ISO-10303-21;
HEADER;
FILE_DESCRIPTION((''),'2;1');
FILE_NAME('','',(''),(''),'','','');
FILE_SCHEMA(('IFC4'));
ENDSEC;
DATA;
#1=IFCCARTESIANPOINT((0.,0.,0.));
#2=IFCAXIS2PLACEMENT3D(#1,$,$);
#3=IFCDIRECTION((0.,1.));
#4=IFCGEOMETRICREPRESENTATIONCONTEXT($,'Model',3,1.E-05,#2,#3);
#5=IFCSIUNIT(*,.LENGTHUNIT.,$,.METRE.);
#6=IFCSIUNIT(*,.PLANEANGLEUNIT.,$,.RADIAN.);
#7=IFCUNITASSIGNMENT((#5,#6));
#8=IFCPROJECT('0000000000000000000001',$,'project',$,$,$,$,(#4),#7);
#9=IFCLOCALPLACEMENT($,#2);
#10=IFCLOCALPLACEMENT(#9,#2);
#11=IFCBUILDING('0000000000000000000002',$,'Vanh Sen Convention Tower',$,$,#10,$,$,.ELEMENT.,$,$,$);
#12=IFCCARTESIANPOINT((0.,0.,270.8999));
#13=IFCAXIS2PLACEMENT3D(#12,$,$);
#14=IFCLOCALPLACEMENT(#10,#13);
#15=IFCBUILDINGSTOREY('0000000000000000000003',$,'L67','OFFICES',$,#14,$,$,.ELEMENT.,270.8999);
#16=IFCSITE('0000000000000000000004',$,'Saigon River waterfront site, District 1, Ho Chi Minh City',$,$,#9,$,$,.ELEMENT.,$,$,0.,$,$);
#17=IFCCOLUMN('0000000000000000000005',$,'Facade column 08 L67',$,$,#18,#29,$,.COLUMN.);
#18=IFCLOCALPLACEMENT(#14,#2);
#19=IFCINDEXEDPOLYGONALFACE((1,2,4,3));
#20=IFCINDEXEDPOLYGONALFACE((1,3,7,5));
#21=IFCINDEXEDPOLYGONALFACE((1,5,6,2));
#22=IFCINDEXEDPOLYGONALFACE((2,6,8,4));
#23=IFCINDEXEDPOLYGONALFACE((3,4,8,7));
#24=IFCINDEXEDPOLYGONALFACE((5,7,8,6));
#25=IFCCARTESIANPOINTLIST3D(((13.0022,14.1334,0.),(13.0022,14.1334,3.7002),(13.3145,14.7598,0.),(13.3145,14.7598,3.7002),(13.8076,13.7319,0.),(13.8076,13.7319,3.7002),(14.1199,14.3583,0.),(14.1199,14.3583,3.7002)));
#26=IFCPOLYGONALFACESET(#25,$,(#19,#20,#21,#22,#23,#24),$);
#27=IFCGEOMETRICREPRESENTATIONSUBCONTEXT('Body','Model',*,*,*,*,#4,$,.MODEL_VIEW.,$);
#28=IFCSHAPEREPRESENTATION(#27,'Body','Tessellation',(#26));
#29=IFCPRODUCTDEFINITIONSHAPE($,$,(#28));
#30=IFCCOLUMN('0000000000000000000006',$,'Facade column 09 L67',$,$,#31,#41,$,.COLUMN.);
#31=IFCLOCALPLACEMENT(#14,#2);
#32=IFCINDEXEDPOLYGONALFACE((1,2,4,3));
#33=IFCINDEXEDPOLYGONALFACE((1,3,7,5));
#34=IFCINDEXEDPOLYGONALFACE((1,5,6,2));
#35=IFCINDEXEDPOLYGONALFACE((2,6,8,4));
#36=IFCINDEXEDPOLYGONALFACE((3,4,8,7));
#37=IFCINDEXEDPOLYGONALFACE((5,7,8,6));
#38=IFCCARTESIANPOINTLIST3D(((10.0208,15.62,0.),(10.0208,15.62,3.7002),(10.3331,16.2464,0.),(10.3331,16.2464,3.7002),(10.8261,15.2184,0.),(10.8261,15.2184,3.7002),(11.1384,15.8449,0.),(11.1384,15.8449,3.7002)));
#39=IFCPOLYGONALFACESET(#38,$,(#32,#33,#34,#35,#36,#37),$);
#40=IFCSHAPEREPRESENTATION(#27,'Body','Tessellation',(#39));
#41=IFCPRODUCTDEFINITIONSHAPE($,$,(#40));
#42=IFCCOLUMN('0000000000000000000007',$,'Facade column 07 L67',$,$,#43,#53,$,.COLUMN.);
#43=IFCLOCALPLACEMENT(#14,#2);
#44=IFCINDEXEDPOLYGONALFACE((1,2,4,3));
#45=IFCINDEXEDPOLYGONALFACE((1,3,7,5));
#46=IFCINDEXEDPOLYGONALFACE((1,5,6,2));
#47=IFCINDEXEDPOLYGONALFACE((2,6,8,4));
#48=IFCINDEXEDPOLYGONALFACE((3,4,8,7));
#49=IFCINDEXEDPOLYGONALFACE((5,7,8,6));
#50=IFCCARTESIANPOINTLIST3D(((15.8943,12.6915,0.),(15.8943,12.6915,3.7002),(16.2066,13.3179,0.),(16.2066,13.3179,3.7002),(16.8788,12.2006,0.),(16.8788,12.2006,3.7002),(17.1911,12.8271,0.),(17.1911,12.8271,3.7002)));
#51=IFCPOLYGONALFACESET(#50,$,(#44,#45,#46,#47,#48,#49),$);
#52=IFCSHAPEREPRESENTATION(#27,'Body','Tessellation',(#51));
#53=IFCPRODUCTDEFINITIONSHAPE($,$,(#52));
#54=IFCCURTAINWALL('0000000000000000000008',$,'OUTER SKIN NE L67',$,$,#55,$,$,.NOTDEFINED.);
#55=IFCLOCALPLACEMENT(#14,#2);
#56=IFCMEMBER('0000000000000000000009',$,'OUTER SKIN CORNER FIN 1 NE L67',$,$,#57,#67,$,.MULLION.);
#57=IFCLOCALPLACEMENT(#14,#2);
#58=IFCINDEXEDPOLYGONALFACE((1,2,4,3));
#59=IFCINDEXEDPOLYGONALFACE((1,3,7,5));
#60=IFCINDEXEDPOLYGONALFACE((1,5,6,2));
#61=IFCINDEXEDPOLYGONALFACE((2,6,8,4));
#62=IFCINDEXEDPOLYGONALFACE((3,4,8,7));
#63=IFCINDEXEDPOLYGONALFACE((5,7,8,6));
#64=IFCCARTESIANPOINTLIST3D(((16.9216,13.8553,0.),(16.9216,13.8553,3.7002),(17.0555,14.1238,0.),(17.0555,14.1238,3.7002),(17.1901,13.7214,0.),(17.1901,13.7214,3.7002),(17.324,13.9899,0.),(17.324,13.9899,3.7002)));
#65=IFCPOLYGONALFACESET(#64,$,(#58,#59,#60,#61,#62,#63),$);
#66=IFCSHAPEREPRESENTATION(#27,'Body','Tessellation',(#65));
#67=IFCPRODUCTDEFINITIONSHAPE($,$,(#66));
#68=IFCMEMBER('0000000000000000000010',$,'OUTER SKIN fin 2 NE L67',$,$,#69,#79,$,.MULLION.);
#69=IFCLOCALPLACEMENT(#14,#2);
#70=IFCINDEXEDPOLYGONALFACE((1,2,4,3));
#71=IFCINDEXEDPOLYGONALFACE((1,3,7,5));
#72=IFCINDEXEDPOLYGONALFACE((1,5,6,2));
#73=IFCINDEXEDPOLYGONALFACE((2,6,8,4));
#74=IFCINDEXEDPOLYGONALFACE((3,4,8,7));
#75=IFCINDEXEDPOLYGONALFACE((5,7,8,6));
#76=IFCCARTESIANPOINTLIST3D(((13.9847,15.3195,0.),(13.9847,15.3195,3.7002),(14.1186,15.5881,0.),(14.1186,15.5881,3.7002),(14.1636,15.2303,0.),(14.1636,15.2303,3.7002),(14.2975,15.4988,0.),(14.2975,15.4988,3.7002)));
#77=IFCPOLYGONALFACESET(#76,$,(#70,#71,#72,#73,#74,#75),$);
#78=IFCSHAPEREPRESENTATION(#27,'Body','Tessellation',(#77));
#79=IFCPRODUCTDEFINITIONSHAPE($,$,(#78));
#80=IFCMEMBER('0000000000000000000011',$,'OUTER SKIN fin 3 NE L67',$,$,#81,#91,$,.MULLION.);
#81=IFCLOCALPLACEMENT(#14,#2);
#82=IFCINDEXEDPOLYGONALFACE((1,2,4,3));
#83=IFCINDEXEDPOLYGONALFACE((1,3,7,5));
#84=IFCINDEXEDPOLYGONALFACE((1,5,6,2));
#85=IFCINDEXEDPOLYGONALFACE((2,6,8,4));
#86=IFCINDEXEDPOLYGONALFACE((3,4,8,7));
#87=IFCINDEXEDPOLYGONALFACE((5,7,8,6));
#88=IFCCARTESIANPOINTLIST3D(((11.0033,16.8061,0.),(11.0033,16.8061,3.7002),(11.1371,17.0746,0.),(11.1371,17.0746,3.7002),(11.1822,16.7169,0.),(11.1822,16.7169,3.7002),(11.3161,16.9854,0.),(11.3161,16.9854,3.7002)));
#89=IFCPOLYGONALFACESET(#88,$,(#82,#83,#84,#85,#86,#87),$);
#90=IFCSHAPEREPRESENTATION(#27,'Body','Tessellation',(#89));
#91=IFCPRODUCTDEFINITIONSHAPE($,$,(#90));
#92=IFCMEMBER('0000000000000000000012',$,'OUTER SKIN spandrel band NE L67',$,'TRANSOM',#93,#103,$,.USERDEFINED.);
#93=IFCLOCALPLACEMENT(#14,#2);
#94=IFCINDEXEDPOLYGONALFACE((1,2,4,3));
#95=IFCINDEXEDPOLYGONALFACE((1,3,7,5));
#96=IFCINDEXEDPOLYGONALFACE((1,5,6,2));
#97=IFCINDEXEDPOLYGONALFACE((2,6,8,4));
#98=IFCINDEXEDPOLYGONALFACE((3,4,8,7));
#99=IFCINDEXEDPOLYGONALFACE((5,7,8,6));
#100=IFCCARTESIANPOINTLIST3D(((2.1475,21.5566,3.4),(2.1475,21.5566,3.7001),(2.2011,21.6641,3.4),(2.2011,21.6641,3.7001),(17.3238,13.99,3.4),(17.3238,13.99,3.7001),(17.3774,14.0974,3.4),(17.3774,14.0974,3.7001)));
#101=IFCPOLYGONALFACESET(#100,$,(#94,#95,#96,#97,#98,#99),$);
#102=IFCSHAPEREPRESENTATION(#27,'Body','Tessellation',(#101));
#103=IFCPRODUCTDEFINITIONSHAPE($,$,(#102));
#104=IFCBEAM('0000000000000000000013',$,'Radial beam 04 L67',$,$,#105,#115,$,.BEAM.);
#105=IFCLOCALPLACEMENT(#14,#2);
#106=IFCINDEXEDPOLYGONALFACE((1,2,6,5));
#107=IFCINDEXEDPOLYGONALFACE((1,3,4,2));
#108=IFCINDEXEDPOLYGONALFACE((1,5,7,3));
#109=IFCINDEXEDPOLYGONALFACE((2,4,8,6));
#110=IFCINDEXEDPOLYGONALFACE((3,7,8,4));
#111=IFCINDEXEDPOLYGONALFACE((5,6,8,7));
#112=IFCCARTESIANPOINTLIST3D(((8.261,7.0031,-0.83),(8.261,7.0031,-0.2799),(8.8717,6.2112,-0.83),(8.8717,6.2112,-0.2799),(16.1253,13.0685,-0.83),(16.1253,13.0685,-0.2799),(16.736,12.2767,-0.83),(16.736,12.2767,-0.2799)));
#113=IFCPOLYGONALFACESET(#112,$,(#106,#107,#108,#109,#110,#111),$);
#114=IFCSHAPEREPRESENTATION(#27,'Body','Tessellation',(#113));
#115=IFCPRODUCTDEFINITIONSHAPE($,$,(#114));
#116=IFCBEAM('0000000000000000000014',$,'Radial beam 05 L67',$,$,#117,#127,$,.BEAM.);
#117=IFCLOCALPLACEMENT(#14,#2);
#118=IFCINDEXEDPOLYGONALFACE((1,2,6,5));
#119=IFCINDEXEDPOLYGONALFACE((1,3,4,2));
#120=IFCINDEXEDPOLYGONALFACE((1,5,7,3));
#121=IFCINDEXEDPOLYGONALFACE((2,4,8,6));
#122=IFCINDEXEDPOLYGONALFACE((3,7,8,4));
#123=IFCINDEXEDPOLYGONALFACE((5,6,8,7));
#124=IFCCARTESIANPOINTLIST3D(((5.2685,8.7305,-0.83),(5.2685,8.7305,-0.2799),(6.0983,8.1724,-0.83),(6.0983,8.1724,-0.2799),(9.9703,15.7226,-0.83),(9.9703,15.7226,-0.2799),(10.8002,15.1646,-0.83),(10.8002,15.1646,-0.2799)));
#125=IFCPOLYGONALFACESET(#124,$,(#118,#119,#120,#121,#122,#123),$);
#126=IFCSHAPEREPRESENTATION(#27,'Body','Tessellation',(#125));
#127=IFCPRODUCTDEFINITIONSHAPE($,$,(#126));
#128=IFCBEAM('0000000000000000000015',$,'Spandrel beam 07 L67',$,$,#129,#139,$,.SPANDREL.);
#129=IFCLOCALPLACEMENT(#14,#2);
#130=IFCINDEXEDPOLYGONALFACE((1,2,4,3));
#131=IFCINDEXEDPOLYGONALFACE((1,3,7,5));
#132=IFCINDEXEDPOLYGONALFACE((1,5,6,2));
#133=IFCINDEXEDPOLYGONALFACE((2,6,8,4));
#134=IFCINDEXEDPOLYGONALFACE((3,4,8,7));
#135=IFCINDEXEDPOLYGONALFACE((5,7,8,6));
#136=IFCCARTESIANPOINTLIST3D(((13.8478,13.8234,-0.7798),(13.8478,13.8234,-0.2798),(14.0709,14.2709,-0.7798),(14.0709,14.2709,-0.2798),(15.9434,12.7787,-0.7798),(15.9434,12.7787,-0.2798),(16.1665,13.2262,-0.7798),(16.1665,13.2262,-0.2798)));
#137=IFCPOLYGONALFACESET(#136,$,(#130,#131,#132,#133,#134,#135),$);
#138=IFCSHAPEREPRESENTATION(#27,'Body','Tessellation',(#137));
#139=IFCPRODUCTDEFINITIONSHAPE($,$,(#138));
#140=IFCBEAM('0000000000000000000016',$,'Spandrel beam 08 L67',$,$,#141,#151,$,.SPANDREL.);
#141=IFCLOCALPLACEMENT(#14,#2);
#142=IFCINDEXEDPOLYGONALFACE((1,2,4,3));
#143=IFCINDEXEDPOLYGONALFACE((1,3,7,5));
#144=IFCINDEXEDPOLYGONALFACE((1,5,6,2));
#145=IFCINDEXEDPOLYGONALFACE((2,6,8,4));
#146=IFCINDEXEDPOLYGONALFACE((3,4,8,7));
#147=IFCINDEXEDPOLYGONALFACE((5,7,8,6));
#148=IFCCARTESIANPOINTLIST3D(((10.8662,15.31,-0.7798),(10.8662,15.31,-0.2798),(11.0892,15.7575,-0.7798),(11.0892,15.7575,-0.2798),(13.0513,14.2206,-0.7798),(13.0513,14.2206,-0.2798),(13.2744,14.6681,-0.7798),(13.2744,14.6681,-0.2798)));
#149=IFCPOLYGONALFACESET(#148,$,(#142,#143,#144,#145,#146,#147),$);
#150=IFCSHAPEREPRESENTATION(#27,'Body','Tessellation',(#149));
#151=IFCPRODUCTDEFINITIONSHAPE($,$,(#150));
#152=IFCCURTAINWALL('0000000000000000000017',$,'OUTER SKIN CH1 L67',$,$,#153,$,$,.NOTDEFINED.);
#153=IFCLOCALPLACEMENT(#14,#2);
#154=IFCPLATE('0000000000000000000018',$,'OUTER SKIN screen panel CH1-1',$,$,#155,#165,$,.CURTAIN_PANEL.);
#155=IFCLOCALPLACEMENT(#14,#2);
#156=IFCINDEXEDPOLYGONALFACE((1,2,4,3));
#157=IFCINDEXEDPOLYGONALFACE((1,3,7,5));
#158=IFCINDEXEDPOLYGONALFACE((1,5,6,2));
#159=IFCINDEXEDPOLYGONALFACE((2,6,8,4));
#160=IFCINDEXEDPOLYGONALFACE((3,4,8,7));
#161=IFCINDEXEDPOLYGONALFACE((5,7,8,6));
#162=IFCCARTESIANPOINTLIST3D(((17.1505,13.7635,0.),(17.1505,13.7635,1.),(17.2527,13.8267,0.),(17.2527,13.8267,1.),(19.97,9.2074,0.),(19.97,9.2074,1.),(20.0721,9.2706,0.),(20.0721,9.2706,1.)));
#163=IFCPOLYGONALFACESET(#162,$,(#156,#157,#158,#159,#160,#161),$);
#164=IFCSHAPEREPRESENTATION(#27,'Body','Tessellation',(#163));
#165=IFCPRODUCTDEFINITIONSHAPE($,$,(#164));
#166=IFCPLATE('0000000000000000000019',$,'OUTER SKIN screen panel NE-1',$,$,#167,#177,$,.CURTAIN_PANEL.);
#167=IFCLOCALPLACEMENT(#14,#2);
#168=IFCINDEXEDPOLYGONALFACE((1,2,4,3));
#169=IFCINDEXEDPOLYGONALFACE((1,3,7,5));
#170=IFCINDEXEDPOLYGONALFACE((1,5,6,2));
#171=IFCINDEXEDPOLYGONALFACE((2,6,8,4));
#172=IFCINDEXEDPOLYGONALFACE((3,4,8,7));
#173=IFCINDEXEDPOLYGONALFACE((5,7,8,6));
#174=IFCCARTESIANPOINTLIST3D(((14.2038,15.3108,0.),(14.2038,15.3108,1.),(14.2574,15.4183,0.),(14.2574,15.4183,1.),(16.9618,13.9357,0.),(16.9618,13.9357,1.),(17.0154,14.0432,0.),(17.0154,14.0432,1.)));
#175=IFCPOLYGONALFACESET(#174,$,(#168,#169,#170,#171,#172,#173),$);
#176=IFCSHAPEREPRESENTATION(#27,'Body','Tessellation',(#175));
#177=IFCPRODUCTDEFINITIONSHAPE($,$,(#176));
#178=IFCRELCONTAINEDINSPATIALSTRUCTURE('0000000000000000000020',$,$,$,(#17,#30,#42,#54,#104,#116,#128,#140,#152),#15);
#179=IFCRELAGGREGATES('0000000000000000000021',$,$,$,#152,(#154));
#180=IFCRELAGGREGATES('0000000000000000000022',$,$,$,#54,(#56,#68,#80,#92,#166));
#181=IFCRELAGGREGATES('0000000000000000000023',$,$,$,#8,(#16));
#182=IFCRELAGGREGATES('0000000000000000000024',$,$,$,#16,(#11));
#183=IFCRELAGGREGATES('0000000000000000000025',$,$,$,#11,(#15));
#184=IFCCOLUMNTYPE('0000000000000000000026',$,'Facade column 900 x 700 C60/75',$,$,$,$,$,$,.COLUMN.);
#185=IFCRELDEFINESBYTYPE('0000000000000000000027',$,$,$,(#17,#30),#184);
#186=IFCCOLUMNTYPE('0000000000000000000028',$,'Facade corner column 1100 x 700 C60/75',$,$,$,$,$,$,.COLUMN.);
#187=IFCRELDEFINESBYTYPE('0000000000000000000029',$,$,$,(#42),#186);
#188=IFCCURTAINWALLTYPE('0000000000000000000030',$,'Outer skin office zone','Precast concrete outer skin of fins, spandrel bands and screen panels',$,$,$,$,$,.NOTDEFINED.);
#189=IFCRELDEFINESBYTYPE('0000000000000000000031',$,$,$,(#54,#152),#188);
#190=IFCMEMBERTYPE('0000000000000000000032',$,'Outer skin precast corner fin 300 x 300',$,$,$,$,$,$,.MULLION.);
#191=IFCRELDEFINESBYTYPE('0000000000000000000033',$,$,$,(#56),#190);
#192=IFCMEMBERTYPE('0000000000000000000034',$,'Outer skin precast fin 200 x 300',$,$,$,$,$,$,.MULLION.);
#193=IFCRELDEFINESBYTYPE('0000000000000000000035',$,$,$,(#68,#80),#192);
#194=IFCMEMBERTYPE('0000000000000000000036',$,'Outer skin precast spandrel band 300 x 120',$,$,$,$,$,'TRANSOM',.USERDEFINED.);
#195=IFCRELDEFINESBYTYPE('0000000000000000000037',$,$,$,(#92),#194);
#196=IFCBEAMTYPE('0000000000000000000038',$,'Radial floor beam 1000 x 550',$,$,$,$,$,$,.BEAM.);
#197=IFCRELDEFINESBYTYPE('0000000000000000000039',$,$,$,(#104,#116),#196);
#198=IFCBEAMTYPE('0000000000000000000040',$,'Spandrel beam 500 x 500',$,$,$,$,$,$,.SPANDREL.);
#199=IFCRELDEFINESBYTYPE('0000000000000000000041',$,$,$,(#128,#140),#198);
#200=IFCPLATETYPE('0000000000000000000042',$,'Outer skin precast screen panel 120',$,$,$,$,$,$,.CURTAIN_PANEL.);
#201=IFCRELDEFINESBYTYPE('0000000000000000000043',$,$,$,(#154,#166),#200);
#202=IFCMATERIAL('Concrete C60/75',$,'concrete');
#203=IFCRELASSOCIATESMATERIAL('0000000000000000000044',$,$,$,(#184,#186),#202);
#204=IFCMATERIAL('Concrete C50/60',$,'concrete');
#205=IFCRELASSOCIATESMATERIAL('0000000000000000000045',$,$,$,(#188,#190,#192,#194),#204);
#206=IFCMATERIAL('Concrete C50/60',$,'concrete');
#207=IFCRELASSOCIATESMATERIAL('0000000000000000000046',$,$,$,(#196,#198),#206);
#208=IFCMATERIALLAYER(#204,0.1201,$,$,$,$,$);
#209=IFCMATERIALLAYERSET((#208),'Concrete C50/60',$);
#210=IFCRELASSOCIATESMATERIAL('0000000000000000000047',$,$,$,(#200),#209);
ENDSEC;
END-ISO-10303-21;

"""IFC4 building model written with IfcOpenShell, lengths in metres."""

from ifc_helpers import new_model, si_unit, direction, frame, origin, origin_2d, place, context, subcontext, project, spatial, rectangle, extrude, material, layer, layer_set, material_profile, profile_set, type_object, element, aggregate, save


model = new_model("IFC4")

# Units and contexts
model_context = context("Model", 3, precision=1e-05, world=origin(), true_north=direction((0.0, 1.0)))
body_context = subcontext(model_context, "Body", "Model", "MODEL_VIEW")
ifc_project = project(units=[si_unit("LENGTHUNIT", "METRE"), si_unit("PLANEANGLEUNIT", "RADIAN")], contexts=[model_context])

# Site, building, storey
site_placement = place(None, origin())
site = spatial("IfcSite", under=ifc_project, at=site_placement, Name="Saigon River waterfront site, District 1, Ho Chi Minh City", CompositionType="ELEMENT", RefElevation=0.0)
building_placement = place(site_placement, origin())
building = spatial("IfcBuilding", under=site, at=building_placement, Name="Vanh Sen Convention Tower", CompositionType="ELEMENT")
storey_placement = place(building_placement, frame((0.0, 0.0, 270.8999)))
storey = spatial("IfcBuildingStorey", under=building, at=storey_placement, Name="L67", Description="OFFICES", CompositionType="ELEMENT", Elevation=270.8999)

# Columns
ifc_material_1 = material(Name="Concrete C60/75", Category="concrete")
ifc_material_profile_1 = material_profile(ifc_material_1, rectangle(XDim=0.8999, YDim=0.7, at=origin_2d()), Name="RC 900X700")
ifc_profile_set_1 = profile_set([ifc_material_profile_1], Name="Concrete C60/75")
column_type_1 = type_object("IfcColumnType", Name="Facade column 900 x 700 C60/75", PredefinedType="COLUMN", material=ifc_profile_set_1)
for number, where, z_axis, x_axis, name in (
    (1, (13.561, 14.2458, 0.0), (0.0, 0.0, 1.0), (-0.894934, 0.446198, 0.0), "Facade column 08 L67"),
    (2, (10.5796, 15.7324, 0.0), (0.0, 0.0, 1.0), (-0.894934, 0.446198, 0.0), "Facade column 09 L67"),
):
    element("IfcColumn", number, at=place(storey_placement, frame(where, z_axis=z_axis, x_axis=x_axis)), inside=storey, type_object=column_type_1, Name=name, PredefinedType="COLUMN", context=body_context, shape_type="SweptSolid", body=[
        extrude(rectangle(XDim=0.8999, YDim=0.7, at=origin_2d()), origin(), (0.0, 0.0, 1.0), 3.7002),
    ])
ifc_material_profile_2 = material_profile(ifc_material_1, rectangle(XDim=1.1001, YDim=0.7, at=origin_2d()), Name="RC 1100X700")
ifc_profile_set_2 = profile_set([ifc_material_profile_2], Name="Concrete C60/75")
column_type_2 = type_object("IfcColumnType", Name="Facade corner column 1100 x 700 C60/75", PredefinedType="COLUMN", material=ifc_profile_set_2)
column_placement = place(storey_placement, frame((16.5427, 12.7593, 0.0), z_axis=(0.0, 0.0, 1.0), x_axis=(-0.894934, 0.446198, 0.0)))
element("IfcColumn", 3, at=column_placement, inside=storey, type_object=column_type_2, Name="Facade column 07 L67", PredefinedType="COLUMN", context=body_context, shape_type="SweptSolid", body=[
    extrude(rectangle(XDim=1.1001, YDim=0.7, at=origin_2d()), origin(), (0.0, 0.0, 1.0), 3.7002),
])

# Curtain wall, members
ifc_material_2 = material(Name="Concrete C50/60", Category="concrete")
curtain_wall_type = type_object("IfcCurtainWallType", Name="Outer skin office zone", Description="Precast concrete outer skin of fins, spandrel bands and screen panels", PredefinedType="NOTDEFINED", material=ifc_material_2)
curtain_wall_1_placement = place(storey_placement, origin())
curtain_wall_1 = element("IfcCurtainWall", 4, at=curtain_wall_1_placement, inside=storey, type_object=curtain_wall_type, Name="OUTER SKIN NE L67", PredefinedType="NOTDEFINED")
ifc_material_profile_3 = material_profile(ifc_material_2, rectangle(XDim=0.3, YDim=0.3, at=origin_2d()), Name="Outer skin precast corner fin 300 x 300")
ifc_profile_set_3 = profile_set([ifc_material_profile_3], Name="Concrete C50/60")
member_type_1 = type_object("IfcMemberType", Name="Outer skin precast corner fin 300 x 300", PredefinedType="MULLION", material=ifc_profile_set_3)
member_1_placement = place(storey_placement, frame((17.1228, 13.9226, 0.0), z_axis=(0.0, 0.0, 1.0), x_axis=(-0.894934, 0.446198, 0.0)))
member_1 = element("IfcMember", 5, at=member_1_placement, type_object=member_type_1, Name="OUTER SKIN CORNER FIN 1 NE L67", PredefinedType="MULLION", context=body_context, shape_type="SweptSolid", body=[
    extrude(rectangle(XDim=0.3, YDim=0.3, at=origin_2d()), origin(), (0.0, 0.0, 1.0), 3.7002),
])
ifc_material_profile_4 = material_profile(ifc_material_2, rectangle(XDim=0.2, YDim=0.3, at=origin_2d()), Name="Outer skin precast fin 200 x 300")
ifc_profile_set_4 = profile_set([ifc_material_profile_4], Name="Concrete C50/60")
member_type_2 = type_object("IfcMemberType", Name="Outer skin precast fin 200 x 300", PredefinedType="MULLION", material=ifc_profile_set_4)
member_2_placement = place(storey_placement, frame((14.1411, 15.4092, 0.0), z_axis=(0.0, 0.0, 1.0), x_axis=(-0.894934, 0.446198, 0.0)))
member_2 = element("IfcMember", 6, at=member_2_placement, type_object=member_type_2, Name="OUTER SKIN fin 2 NE L67", PredefinedType="MULLION", context=body_context, shape_type="SweptSolid", body=[
    extrude(rectangle(XDim=0.2, YDim=0.3, at=origin_2d()), origin(), (0.0, 0.0, 1.0), 3.7002),
])
member_3_placement = place(storey_placement, frame((11.1597, 16.8958, 0.0), z_axis=(0.0, 0.0, 1.0), x_axis=(-0.894934, 0.446198, 0.0)))
member_3 = element("IfcMember", 7, at=member_3_placement, type_object=member_type_2, Name="OUTER SKIN fin 3 NE L67", PredefinedType="MULLION", context=body_context, shape_type="SweptSolid", body=[
    extrude(rectangle(XDim=0.2, YDim=0.3, at=origin_2d()), origin(), (0.0, 0.0, 1.0), 3.7002),
])
ifc_material_profile_5 = material_profile(ifc_material_2, rectangle(XDim=0.1201, YDim=0.3, at=origin_2d()), Name="Outer skin precast spandrel band 300 x 120")
ifc_profile_set_5 = profile_set([ifc_material_profile_5], Name="Concrete C50/60")
member_type_3 = type_object("IfcMemberType", Name="Outer skin precast spandrel band 300 x 120", ElementType="TRANSOM", PredefinedType="USERDEFINED", material=ifc_profile_set_5)
member_4_placement = place(storey_placement, frame((17.3506, 14.0437, 3.55), z_axis=(-0.894933, 0.4462, 0.0), x_axis=(-0.4462, -0.894933, 0.0)))
member_4 = element("IfcMember", 8, at=member_4_placement, type_object=member_type_3, Name="OUTER SKIN spandrel band NE L67", ObjectType="TRANSOM", PredefinedType="USERDEFINED", context=body_context, shape_type="SweptSolid", body=[
    extrude(rectangle(XDim=0.1201, YDim=0.3, at=origin_2d()), origin(), (0.0, 0.0, 1.0), 16.958),
])

# Beams
ifc_material_3 = material(Name="Concrete C50/60", Category="concrete")
ifc_material_profile_6 = material_profile(ifc_material_3, rectangle(XDim=1.0, YDim=0.55, at=origin_2d()), Name="RC 1000X550")
ifc_profile_set_6 = profile_set([ifc_material_profile_6], Name="Concrete C50/60")
beam_type_1 = type_object("IfcBeamType", Name="Radial floor beam 1000 x 550", PredefinedType="BEAM", material=ifc_profile_set_6)
beam_1_placement = place(storey_placement, frame((16.4307, 12.6726, -0.5549), z_axis=(-0.791845, -0.610722, 0.0), x_axis=(0.610722, -0.791845, 0.0)))
element("IfcBeam", 9, at=beam_1_placement, inside=storey, type_object=beam_type_1, Name="Radial beam 04 L67", PredefinedType="BEAM", context=body_context, shape_type="SweptSolid", body=[
    extrude(rectangle(XDim=1.0, YDim=0.55, at=origin_2d()), origin(), (0.0, 0.0, 1.0), 9.9316),
])
beam_2_placement = place(storey_placement, frame((10.3853, 15.4436, -0.5549), z_axis=(-0.558019, -0.829828, 0.0), x_axis=(0.829828, -0.558019, 0.0)))
element("IfcBeam", 10, at=beam_2_placement, inside=storey, type_object=beam_type_1, Name="Radial beam 05 L67", PredefinedType="BEAM", context=body_context, shape_type="SweptSolid", body=[
    extrude(rectangle(XDim=1.0, YDim=0.55, at=origin_2d()), origin(), (0.0, 0.0, 1.0), 8.426),
])
ifc_material_profile_7 = material_profile(ifc_material_3, rectangle(XDim=0.5, YDim=0.5, at=origin_2d()), Name="RC 500X500")
ifc_profile_set_7 = profile_set([ifc_material_profile_7], Name="Concrete C50/60")
beam_type_2 = type_object("IfcBeamType", Name="Spandrel beam 500 x 500", PredefinedType="SPANDREL", material=ifc_profile_set_7)
beam_3_placement = place(storey_placement, frame((16.0549, 13.0024, -0.5298), z_axis=(-0.894948, 0.446171, 0.0), x_axis=(-0.446171, -0.894948, 0.0)))
element("IfcBeam", 11, at=beam_3_placement, inside=storey, type_object=beam_type_2, Name="Spandrel beam 07 L67", PredefinedType="SPANDREL", context=body_context, shape_type="SweptSolid", body=[
    extrude(rectangle(XDim=0.5, YDim=0.5, at=origin_2d()), origin(), (0.0, 0.0, 1.0), 2.3416),
])
beam_4_placement = place(storey_placement, frame((13.1628, 14.4443, -0.5298), z_axis=(-0.894947, 0.446173, 0.0), x_axis=(-0.446173, -0.894947, 0.0)))
element("IfcBeam", 12, at=beam_4_placement, inside=storey, type_object=beam_type_2, Name="Spandrel beam 08 L67", PredefinedType="SPANDREL", context=body_context, shape_type="SweptSolid", body=[
    extrude(rectangle(XDim=0.5, YDim=0.5, at=origin_2d()), origin(), (0.0, 0.0, 1.0), 2.4417),
])

# Curtain wall, plate
curtain_wall_2_placement = place(storey_placement, origin())
curtain_wall_2 = element("IfcCurtainWall", 13, at=curtain_wall_2_placement, inside=storey, type_object=curtain_wall_type, Name="OUTER SKIN CH1 L67", PredefinedType="NOTDEFINED")
ifc_layer_1 = layer(ifc_material_2, 0.1201)
ifc_layer_set_1 = layer_set([ifc_layer_1], Name="Concrete C50/60")
plate_type = type_object("IfcPlateType", Name="Outer skin precast screen panel 120", PredefinedType="CURTAIN_PANEL", material=ifc_layer_set_1)
plate_1_placement = place(storey_placement, frame((18.6113, 11.5171, 0.0), z_axis=(0.0, 0.0, 1.0), x_axis=(-0.526218, 0.850349, 0.0)))
plate_1 = element("IfcPlate", 14, at=plate_1_placement, type_object=plate_type, Name="OUTER SKIN screen panel CH1-1", PredefinedType="CURTAIN_PANEL", context=body_context, shape_type="SweptSolid", body=[
    extrude(rectangle(XDim=5.3579, YDim=0.1201, at=origin_2d()), origin(), (0.0, 0.0, 1.0), 1.0),
])
aggregate(curtain_wall_2, [plate_1])

# Plate
plate_2_placement = place(storey_placement, frame((15.6096, 14.677, 0.0), z_axis=(0.0, 0.0, 1.0), x_axis=(-0.894931, 0.446204, 0.0)))
plate_2 = element("IfcPlate", 15, at=plate_2_placement, type_object=plate_type, Name="OUTER SKIN screen panel NE-1", PredefinedType="CURTAIN_PANEL", context=body_context, shape_type="SweptSolid", body=[
    extrude(rectangle(XDim=3.0818, YDim=0.1201, at=origin_2d()), origin(), (0.0, 0.0, 1.0), 1.0),
])
aggregate(curtain_wall_1, [member_1, member_2, member_3, member_4, plate_2])

save(model, "model.ifc")
